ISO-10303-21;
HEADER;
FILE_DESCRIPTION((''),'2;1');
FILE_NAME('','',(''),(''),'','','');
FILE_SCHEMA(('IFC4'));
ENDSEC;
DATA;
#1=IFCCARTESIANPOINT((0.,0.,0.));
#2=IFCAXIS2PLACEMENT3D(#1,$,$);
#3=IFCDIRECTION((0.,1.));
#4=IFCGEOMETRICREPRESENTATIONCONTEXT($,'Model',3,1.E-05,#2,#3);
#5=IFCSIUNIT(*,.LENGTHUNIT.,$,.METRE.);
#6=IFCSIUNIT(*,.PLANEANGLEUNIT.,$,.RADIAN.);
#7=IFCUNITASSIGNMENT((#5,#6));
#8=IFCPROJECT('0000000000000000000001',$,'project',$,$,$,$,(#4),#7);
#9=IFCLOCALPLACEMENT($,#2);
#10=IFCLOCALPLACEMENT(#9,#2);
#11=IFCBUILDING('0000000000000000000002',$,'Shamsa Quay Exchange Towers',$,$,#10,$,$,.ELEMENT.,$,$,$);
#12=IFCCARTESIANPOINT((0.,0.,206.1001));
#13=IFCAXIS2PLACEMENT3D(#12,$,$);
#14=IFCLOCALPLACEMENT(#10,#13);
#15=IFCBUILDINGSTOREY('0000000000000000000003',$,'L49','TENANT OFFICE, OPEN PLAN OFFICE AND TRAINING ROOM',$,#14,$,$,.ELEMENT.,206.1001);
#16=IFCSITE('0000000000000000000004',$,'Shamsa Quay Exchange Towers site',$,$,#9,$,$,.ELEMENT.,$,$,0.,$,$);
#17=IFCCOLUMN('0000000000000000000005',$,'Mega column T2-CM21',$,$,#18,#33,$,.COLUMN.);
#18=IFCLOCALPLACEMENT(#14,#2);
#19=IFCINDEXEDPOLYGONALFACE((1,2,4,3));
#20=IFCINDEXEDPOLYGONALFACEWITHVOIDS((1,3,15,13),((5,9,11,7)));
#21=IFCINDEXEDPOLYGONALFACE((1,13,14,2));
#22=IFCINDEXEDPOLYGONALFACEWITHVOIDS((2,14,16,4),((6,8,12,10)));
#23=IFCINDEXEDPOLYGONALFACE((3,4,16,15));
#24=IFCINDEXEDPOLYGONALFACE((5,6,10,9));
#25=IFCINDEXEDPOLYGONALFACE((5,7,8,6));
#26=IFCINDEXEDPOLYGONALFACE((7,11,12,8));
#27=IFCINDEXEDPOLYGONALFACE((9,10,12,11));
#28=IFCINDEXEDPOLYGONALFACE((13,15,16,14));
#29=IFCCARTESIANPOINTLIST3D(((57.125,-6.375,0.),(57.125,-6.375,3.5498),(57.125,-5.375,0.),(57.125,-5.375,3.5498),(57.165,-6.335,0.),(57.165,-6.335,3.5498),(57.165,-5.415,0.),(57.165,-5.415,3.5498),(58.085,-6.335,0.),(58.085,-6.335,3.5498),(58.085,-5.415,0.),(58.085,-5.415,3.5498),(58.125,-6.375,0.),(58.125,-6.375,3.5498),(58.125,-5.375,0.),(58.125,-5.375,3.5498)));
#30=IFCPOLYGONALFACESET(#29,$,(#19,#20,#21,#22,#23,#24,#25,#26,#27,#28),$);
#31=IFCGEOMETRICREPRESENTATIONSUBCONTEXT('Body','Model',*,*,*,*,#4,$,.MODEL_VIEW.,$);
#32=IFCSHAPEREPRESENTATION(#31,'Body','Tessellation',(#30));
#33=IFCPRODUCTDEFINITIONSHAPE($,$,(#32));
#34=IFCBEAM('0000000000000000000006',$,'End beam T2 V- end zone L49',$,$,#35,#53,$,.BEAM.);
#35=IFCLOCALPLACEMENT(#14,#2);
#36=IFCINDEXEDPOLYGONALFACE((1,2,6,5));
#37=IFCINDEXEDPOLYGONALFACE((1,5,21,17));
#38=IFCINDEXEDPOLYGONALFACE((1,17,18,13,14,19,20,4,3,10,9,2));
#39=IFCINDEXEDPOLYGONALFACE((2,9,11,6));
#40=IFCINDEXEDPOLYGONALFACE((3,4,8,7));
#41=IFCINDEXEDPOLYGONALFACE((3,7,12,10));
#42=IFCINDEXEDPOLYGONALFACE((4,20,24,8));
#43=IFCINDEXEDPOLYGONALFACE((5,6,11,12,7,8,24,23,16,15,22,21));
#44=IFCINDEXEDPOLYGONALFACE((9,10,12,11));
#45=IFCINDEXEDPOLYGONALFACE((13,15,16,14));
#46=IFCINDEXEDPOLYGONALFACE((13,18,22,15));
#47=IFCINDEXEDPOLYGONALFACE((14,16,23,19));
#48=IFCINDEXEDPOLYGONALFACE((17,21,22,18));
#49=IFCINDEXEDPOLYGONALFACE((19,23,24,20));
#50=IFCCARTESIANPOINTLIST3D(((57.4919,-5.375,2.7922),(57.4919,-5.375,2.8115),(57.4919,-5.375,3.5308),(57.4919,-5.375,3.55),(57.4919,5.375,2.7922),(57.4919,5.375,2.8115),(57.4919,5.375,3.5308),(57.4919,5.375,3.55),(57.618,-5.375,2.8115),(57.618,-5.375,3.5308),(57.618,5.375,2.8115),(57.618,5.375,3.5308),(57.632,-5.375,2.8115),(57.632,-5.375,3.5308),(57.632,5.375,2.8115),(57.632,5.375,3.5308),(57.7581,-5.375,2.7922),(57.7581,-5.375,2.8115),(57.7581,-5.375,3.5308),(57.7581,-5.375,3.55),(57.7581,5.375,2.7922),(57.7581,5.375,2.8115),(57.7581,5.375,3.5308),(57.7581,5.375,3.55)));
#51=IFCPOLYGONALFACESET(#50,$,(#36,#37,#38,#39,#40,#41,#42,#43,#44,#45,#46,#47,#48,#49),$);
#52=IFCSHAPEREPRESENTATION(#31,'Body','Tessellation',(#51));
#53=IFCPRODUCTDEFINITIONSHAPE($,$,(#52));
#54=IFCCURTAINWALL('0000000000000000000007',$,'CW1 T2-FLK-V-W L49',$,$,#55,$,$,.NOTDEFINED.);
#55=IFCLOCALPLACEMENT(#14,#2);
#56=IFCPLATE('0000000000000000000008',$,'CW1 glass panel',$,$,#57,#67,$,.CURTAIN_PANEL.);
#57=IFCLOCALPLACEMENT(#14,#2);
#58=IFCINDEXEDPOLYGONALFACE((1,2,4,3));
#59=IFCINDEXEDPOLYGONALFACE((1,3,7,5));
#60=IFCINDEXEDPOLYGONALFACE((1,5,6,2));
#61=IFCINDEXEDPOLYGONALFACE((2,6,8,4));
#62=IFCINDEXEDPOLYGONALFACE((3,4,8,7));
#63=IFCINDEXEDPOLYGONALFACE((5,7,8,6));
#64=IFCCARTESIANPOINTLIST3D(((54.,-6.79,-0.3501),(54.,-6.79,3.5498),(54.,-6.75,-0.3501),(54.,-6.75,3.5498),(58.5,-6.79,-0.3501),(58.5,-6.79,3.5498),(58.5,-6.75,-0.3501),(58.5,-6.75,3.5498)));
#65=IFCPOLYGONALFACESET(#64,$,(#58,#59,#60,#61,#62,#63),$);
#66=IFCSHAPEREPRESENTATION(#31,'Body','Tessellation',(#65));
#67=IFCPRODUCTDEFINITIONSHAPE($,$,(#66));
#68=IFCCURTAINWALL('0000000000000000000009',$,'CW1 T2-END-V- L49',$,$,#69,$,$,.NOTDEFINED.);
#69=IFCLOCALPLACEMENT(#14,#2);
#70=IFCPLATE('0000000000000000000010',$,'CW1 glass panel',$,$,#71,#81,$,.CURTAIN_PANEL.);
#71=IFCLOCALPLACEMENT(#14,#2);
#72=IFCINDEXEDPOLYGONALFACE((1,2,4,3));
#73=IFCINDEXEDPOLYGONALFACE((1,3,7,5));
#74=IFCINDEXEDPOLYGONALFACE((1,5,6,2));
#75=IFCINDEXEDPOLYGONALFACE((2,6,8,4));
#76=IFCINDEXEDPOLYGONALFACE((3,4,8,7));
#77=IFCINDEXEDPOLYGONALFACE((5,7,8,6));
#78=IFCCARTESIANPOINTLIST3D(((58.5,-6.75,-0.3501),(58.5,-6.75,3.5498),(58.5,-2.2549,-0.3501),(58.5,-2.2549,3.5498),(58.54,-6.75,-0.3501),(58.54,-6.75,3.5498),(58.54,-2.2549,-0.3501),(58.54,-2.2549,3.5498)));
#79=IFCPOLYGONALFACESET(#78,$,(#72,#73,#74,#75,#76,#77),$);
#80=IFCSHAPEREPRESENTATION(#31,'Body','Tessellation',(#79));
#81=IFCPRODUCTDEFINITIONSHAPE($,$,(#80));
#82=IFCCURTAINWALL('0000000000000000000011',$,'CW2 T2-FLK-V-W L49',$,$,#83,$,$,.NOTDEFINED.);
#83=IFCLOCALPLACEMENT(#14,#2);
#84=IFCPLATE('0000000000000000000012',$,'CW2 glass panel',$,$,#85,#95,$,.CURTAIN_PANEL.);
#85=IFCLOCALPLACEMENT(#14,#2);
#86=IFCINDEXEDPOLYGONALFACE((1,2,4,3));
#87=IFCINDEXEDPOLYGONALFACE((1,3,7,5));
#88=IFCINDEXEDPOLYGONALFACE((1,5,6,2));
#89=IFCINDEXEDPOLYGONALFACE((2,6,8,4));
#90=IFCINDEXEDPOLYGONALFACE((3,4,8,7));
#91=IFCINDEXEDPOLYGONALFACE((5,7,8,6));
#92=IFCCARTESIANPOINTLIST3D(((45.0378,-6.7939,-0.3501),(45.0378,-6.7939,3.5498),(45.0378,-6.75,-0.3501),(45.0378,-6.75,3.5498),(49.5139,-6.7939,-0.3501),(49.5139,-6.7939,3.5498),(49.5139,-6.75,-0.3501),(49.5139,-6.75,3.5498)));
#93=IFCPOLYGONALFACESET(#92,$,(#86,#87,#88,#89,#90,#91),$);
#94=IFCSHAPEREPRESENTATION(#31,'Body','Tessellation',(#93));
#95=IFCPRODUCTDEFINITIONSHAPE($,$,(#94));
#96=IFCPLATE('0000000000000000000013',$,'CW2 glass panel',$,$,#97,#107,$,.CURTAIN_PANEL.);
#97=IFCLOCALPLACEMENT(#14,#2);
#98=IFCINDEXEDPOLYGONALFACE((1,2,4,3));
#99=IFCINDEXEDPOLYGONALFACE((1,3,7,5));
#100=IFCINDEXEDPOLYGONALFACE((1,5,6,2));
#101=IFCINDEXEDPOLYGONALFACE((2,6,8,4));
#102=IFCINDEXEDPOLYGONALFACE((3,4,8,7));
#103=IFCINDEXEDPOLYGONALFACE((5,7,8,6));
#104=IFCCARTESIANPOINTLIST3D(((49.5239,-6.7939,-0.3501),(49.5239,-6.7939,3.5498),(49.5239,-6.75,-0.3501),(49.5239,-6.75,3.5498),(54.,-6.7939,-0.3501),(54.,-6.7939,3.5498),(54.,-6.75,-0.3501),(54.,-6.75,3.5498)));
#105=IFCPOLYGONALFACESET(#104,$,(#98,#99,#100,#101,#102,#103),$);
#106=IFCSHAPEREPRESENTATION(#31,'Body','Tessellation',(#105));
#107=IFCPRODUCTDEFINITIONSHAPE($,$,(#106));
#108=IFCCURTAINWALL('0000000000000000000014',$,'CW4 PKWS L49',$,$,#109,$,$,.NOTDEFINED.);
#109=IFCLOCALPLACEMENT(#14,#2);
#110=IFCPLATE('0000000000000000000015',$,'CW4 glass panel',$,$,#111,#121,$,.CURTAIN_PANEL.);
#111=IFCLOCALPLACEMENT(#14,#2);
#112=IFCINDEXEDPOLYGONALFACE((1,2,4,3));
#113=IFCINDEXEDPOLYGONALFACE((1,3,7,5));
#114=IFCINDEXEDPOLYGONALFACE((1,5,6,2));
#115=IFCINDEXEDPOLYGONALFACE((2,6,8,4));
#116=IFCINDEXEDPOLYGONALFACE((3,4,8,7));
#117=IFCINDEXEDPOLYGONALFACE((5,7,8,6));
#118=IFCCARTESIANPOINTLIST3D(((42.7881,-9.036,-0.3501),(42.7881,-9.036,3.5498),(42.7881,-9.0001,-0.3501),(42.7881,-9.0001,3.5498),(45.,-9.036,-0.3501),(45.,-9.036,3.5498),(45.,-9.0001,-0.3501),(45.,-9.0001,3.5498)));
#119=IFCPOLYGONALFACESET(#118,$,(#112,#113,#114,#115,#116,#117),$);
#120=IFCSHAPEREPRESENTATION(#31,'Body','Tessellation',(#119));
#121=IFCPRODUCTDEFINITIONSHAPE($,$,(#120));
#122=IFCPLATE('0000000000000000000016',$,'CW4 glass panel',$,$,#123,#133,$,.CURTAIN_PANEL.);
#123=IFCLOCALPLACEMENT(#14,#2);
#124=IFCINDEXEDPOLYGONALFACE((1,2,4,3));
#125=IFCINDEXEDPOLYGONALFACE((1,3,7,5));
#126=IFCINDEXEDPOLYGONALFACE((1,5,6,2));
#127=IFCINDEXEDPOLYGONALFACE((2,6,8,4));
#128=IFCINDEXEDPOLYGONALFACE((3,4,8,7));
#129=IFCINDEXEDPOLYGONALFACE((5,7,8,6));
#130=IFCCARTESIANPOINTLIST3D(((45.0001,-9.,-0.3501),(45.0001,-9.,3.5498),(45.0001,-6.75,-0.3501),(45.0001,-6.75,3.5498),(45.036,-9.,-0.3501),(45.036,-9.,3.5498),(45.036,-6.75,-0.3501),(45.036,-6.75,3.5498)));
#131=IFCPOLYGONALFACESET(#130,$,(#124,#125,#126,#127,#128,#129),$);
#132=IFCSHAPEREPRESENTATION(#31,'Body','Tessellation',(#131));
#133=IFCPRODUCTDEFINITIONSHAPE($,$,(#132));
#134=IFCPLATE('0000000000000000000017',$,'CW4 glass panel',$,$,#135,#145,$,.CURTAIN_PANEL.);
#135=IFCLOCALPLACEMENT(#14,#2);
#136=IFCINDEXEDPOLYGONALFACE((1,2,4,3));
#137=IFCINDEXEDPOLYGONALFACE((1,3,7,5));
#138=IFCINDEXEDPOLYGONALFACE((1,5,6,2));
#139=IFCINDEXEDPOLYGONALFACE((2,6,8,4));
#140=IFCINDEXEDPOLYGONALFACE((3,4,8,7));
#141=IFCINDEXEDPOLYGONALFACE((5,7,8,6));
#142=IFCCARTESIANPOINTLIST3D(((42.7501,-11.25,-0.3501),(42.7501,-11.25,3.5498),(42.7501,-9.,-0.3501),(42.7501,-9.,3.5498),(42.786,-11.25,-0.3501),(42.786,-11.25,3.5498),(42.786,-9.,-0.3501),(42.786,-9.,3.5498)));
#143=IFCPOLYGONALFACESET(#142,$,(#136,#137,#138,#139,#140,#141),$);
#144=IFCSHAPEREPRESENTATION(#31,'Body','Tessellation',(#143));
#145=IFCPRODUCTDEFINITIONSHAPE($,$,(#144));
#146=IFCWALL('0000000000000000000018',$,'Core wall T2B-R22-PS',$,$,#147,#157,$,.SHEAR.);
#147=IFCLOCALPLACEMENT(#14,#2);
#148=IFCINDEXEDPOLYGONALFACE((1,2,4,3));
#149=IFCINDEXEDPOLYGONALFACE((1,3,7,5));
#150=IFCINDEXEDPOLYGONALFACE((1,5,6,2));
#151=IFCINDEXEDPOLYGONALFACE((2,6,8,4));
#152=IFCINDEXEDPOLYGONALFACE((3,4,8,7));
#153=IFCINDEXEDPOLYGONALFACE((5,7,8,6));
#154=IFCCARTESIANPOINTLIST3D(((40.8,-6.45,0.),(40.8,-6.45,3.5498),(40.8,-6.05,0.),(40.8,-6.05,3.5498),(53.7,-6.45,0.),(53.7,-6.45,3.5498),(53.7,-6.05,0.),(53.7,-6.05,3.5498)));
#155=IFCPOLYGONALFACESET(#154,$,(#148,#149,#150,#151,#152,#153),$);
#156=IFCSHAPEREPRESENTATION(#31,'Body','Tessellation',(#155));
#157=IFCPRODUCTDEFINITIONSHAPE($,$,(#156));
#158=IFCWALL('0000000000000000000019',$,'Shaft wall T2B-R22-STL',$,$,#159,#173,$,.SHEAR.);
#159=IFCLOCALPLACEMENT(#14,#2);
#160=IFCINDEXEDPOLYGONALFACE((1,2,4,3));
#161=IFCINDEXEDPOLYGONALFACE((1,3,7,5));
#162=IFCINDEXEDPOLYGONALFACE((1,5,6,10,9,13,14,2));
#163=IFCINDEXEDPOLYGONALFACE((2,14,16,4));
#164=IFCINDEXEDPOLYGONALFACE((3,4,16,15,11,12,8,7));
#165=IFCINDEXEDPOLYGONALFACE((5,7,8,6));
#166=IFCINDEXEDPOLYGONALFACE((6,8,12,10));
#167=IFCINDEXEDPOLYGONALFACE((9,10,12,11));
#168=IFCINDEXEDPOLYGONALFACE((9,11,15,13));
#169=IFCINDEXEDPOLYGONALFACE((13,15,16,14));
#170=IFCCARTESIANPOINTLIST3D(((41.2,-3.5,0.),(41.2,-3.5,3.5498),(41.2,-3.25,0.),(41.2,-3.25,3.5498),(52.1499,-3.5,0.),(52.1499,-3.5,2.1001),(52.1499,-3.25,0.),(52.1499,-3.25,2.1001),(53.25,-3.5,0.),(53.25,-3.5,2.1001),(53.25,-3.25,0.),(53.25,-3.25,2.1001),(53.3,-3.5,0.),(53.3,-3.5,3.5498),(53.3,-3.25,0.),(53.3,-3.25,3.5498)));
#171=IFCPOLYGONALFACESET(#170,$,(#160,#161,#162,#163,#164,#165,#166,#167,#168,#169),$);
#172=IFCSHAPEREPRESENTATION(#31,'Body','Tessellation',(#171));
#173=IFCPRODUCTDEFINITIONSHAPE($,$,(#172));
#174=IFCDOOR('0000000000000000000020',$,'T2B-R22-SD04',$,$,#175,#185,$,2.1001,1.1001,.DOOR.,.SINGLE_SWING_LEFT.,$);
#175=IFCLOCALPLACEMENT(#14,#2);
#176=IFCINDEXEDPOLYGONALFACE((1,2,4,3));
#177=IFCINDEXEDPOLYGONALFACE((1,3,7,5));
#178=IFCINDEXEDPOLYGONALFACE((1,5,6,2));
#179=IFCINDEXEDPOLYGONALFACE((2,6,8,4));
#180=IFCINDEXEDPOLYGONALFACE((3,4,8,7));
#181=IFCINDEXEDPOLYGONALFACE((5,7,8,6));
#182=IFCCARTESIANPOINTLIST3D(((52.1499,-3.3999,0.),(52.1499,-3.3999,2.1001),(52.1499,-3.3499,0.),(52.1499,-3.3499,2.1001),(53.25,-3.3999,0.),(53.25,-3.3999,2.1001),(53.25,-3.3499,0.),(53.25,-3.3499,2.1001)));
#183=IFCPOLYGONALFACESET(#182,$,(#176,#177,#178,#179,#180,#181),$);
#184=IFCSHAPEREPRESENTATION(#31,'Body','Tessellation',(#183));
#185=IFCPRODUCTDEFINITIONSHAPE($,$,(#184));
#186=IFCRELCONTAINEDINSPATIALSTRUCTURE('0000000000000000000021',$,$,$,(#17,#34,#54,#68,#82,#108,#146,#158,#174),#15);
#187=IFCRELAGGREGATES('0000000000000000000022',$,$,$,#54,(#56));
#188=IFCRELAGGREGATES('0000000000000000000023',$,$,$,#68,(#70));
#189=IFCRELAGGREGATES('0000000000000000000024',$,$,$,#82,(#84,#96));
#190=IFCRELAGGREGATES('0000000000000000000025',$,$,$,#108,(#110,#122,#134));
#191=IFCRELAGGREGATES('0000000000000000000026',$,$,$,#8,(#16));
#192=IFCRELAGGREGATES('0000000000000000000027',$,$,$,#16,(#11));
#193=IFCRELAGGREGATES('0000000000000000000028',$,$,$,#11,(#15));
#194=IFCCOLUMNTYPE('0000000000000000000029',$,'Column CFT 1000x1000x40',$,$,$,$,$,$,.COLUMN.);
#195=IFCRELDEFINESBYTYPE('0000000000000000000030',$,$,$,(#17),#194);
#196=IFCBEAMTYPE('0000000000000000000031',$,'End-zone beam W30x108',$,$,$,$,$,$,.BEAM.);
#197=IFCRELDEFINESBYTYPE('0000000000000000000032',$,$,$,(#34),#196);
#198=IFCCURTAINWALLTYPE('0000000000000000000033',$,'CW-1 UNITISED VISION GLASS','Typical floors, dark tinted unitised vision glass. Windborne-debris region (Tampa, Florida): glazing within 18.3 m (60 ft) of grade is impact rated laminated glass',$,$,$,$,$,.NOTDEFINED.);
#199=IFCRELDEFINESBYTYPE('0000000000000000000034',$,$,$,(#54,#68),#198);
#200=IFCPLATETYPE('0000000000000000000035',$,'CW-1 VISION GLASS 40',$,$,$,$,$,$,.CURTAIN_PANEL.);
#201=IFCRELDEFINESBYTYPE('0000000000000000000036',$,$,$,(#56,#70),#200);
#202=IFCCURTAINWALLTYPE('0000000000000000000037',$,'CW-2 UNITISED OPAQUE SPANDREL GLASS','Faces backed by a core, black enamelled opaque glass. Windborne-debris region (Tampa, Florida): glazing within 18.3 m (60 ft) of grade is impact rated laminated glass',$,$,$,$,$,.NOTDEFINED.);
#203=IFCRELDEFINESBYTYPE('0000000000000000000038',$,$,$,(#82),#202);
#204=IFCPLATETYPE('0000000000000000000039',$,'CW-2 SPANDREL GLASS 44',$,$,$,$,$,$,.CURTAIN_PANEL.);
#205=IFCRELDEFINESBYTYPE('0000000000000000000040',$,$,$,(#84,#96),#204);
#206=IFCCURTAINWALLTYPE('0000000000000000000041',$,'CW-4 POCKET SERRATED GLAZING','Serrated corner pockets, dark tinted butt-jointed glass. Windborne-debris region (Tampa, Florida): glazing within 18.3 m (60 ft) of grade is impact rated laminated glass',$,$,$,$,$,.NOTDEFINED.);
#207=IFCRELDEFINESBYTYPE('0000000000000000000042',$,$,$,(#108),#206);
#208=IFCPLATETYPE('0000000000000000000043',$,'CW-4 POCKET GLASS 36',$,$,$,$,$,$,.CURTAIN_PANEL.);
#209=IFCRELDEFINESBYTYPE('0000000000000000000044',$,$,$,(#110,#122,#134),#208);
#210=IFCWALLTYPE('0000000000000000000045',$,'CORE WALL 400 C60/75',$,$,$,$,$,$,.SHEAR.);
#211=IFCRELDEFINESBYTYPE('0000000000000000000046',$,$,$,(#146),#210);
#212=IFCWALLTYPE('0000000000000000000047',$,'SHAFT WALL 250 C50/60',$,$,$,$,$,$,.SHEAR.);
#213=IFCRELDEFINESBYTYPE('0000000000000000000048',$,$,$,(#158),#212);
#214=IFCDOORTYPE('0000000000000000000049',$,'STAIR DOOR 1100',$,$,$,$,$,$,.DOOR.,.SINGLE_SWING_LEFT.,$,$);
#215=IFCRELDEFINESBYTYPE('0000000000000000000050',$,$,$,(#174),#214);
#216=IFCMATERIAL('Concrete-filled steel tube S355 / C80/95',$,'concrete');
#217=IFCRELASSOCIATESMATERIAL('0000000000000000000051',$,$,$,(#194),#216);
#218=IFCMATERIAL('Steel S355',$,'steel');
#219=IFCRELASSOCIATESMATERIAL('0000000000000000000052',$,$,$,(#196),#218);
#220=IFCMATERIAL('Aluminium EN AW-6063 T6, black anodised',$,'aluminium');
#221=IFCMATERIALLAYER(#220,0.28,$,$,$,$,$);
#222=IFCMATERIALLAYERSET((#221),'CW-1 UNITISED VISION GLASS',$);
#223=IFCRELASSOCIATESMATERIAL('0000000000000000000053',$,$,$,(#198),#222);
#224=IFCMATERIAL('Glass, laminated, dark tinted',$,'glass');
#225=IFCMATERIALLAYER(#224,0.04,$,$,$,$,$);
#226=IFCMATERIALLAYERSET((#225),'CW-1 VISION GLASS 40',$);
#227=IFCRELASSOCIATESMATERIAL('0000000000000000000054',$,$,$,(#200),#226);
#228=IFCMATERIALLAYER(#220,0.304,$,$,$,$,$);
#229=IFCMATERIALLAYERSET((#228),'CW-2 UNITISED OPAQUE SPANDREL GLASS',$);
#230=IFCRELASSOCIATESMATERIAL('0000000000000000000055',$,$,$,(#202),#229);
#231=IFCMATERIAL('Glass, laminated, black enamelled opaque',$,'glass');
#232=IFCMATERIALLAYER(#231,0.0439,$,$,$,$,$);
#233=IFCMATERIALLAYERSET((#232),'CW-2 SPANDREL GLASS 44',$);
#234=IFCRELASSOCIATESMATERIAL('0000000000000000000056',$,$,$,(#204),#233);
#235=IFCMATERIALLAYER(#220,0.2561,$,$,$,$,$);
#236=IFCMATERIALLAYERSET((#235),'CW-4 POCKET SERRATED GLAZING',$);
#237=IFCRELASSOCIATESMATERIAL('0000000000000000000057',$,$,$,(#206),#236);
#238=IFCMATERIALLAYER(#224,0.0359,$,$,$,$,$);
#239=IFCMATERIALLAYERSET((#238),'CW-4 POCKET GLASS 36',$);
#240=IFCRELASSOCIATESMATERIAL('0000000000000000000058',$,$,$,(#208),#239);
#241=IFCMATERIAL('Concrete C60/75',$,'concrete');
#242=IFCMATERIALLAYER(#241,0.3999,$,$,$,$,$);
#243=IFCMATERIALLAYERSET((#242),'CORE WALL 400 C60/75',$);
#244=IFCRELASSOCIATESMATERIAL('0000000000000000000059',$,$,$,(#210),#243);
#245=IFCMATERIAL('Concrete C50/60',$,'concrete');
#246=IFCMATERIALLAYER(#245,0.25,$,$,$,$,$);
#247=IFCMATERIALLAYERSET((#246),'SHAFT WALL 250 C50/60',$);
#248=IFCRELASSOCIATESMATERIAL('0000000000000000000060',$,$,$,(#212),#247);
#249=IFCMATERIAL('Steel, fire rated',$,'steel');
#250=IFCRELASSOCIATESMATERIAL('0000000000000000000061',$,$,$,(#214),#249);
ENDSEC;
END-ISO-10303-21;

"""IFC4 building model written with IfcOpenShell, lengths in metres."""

from ifc_helpers import new_model, si_unit, direction, frame, frame_2d, origin, origin_2d, place, context, subcontext, project, spatial, rectangle, hollow_rectangle, i_section, extrude, material, layer, layer_set, material_profile, profile_set, type_object, element, fill, aggregate, save


model = new_model("IFC4")

# Units and contexts
model_context = context("Model", 3, precision=1e-05, world=origin(), true_north=direction((0.0, 1.0)))
body_context = subcontext(model_context, "Body", "Model", "MODEL_VIEW")
ifc_project = project(units=[si_unit("LENGTHUNIT", "METRE"), si_unit("PLANEANGLEUNIT", "RADIAN")], contexts=[model_context])

# Site, building, storey
site_placement = place(None, origin())
site = spatial("IfcSite", under=ifc_project, at=site_placement, Name="Shamsa Quay Exchange Towers site", CompositionType="ELEMENT", RefElevation=0.0)
building_placement = place(site_placement, origin())
building = spatial("IfcBuilding", under=site, at=building_placement, Name="Shamsa Quay Exchange Towers", CompositionType="ELEMENT")
storey_placement = place(building_placement, frame((0.0, 0.0, 206.1001)))
storey = spatial("IfcBuildingStorey", under=building, at=storey_placement, Name="L49", Description="TENANT OFFICE, OPEN PLAN OFFICE AND TRAINING ROOM", CompositionType="ELEMENT", Elevation=206.1001)

# Column
ifc_material_1 = material(Name="Concrete-filled steel tube S355 / C80/95", Category="concrete")
ifc_material_profile_1 = material_profile(ifc_material_1, hollow_rectangle(XDim=1.0, YDim=1.0, WallThickness=0.04, at=origin_2d()), Name="CFT 1000x1000x40")
ifc_profile_set_1 = profile_set([ifc_material_profile_1], Name="Concrete-filled steel tube S355 / C80/95")
column_type = type_object("IfcColumnType", Name="Column CFT 1000x1000x40", PredefinedType="COLUMN", material=ifc_profile_set_1)
column_placement = place(storey_placement, frame((57.625, -5.875, 0.0)))
element("IfcColumn", 1, at=column_placement, inside=storey, type_object=column_type, Name="Mega column T2-CM21", PredefinedType="COLUMN", context=body_context, shape_type="SweptSolid", body=[
    extrude(hollow_rectangle(XDim=1.0, YDim=1.0, WallThickness=0.04, at=origin_2d()), origin(), (0.0, 0.0, 1.0), 3.5498),
])

# Beam
ifc_material_2 = material(Name="Steel S355", Category="steel")
ifc_material_profile_2 = material_profile(ifc_material_2, i_section(OverallWidth=0.2661, OverallDepth=0.7578, WebThickness=0.0139, FlangeThickness=0.0193, at=origin_2d()), Name="W30x108")
ifc_profile_set_2 = profile_set([ifc_material_profile_2], Name="Steel S355")
beam_type = type_object("IfcBeamType", Name="End-zone beam W30x108", PredefinedType="BEAM", material=ifc_profile_set_2)
beam_placement = place(storey_placement, frame((57.625, -5.375, 3.1711), z_axis=(0.0, 1.0, 0.0), x_axis=(-1.0, 0.0, 0.0)))
element("IfcBeam", 2, at=beam_placement, inside=storey, type_object=beam_type, Name="End beam T2 V- end zone L49", PredefinedType="BEAM", context=body_context, shape_type="SweptSolid", body=[
    extrude(i_section(OverallWidth=0.2661, OverallDepth=0.7578, WebThickness=0.0139, FlangeThickness=0.0193, at=origin_2d()), origin(), (0.0, 0.0, 1.0), 10.75),
])

# Curtain walls, plates
ifc_material_3 = material(Name="Aluminium EN AW-6063 T6, black anodised", Category="aluminium")
ifc_layer_1 = layer(ifc_material_3, 0.28)
ifc_layer_set_1 = layer_set([ifc_layer_1], Name="CW-1 UNITISED VISION GLASS")
curtain_wall_type_1 = type_object("IfcCurtainWallType", Name="CW-1 UNITISED VISION GLASS", Description="Typical floors, dark tinted unitised vision glass. Windborne-debris region (Tampa, Florida): glazing within 18.3 m (60 ft) of grade is impact rated laminated glass", PredefinedType="NOTDEFINED", material=ifc_layer_set_1)
curtain_wall_1_placement = place(storey_placement, origin())
curtain_wall_1 = element("IfcCurtainWall", 3, at=curtain_wall_1_placement, inside=storey, type_object=curtain_wall_type_1, Name="CW1 T2-FLK-V-W L49", PredefinedType="NOTDEFINED")
ifc_material_4 = material(Name="Glass, laminated, dark tinted", Category="glass")
ifc_layer_2 = layer(ifc_material_4, 0.04)
ifc_layer_set_2 = layer_set([ifc_layer_2], Name="CW-1 VISION GLASS 40")
plate_type_1 = type_object("IfcPlateType", Name="CW-1 VISION GLASS 40", PredefinedType="CURTAIN_PANEL", material=ifc_layer_set_2)
plate_1_placement = place(storey_placement, frame((56.25, -6.77, -0.3501)))
plate_1 = element("IfcPlate", 4, at=plate_1_placement, type_object=plate_type_1, Name="CW1 glass panel", PredefinedType="CURTAIN_PANEL", context=body_context, shape_type="SweptSolid", body=[
    extrude(rectangle(XDim=4.5, YDim=0.04, at=origin_2d()), origin(), (0.0, 0.0, 1.0), 3.8999),
])
aggregate(curtain_wall_1, [plate_1])
curtain_wall_2_placement = place(storey_placement, origin())
curtain_wall_2 = element("IfcCurtainWall", 5, at=curtain_wall_2_placement, inside=storey, type_object=curtain_wall_type_1, Name="CW1 T2-END-V- L49", PredefinedType="NOTDEFINED")
plate_2_placement = place(storey_placement, frame((58.52, -4.5024, -0.3501), z_axis=(0.0, 0.0, 1.0), x_axis=(0.0, 1.0, 0.0)))
plate_2 = element("IfcPlate", 6, at=plate_2_placement, type_object=plate_type_1, Name="CW1 glass panel", PredefinedType="CURTAIN_PANEL", context=body_context, shape_type="SweptSolid", body=[
    extrude(rectangle(XDim=4.4951, YDim=0.04, at=origin_2d()), origin(), (0.0, 0.0, 1.0), 3.8999),
])
aggregate(curtain_wall_2, [plate_2])

# Curtain walls, plates
ifc_layer_3 = layer(ifc_material_3, 0.304)
ifc_layer_set_3 = layer_set([ifc_layer_3], Name="CW-2 UNITISED OPAQUE SPANDREL GLASS")
curtain_wall_type_2 = type_object("IfcCurtainWallType", Name="CW-2 UNITISED OPAQUE SPANDREL GLASS", Description="Faces backed by a core, black enamelled opaque glass. Windborne-debris region (Tampa, Florida): glazing within 18.3 m (60 ft) of grade is impact rated laminated glass", PredefinedType="NOTDEFINED", material=ifc_layer_set_3)
curtain_wall_3_placement = place(storey_placement, origin())
curtain_wall_3 = element("IfcCurtainWall", 7, at=curtain_wall_3_placement, inside=storey, type_object=curtain_wall_type_2, Name="CW2 T2-FLK-V-W L49", PredefinedType="NOTDEFINED")
ifc_material_5 = material(Name="Glass, laminated, black enamelled opaque", Category="glass")
ifc_layer_4 = layer(ifc_material_5, 0.0439)
ifc_layer_set_4 = layer_set([ifc_layer_4], Name="CW-2 SPANDREL GLASS 44")
plate_type_2 = type_object("IfcPlateType", Name="CW-2 SPANDREL GLASS 44", PredefinedType="CURTAIN_PANEL", material=ifc_layer_set_4)
plate_3_placement = place(storey_placement, frame((47.2759, -6.772, -0.3501)))
plate_3 = element("IfcPlate", 8, at=plate_3_placement, type_object=plate_type_2, Name="CW2 glass panel", PredefinedType="CURTAIN_PANEL", context=body_context, shape_type="SweptSolid", body=[
    extrude(rectangle(XDim=4.4761, YDim=0.0439, at=origin_2d()), origin(), (0.0, 0.0, 1.0), 3.8999),
])
plate_4_placement = place(storey_placement, frame((51.762, -6.772, -0.3501)))
plate_4 = element("IfcPlate", 9, at=plate_4_placement, type_object=plate_type_2, Name="CW2 glass panel", PredefinedType="CURTAIN_PANEL", context=body_context, shape_type="SweptSolid", body=[
    extrude(rectangle(XDim=4.4761, YDim=0.0439, at=origin_2d()), origin(), (0.0, 0.0, 1.0), 3.8999),
])
aggregate(curtain_wall_3, [plate_3, plate_4])
ifc_layer_5 = layer(ifc_material_3, 0.2561)
ifc_layer_set_5 = layer_set([ifc_layer_5], Name="CW-4 POCKET SERRATED GLAZING")
curtain_wall_type_3 = type_object("IfcCurtainWallType", Name="CW-4 POCKET SERRATED GLAZING", Description="Serrated corner pockets, dark tinted butt-jointed glass. Windborne-debris region (Tampa, Florida): glazing within 18.3 m (60 ft) of grade is impact rated laminated glass", PredefinedType="NOTDEFINED", material=ifc_layer_set_5)
curtain_wall_4_placement = place(storey_placement, origin())
curtain_wall_4 = element("IfcCurtainWall", 10, at=curtain_wall_4_placement, inside=storey, type_object=curtain_wall_type_3, Name="CW4 PKWS L49", PredefinedType="NOTDEFINED")
ifc_layer_6 = layer(ifc_material_4, 0.0359)
ifc_layer_set_6 = layer_set([ifc_layer_6], Name="CW-4 POCKET GLASS 36")
plate_type_3 = type_object("IfcPlateType", Name="CW-4 POCKET GLASS 36", PredefinedType="CURTAIN_PANEL", material=ifc_layer_set_6)
plate_5_placement = place(storey_placement, frame((43.894, -9.0181, -0.3501)))
plate_5 = element("IfcPlate", 11, at=plate_5_placement, type_object=plate_type_3, Name="CW4 glass panel", PredefinedType="CURTAIN_PANEL", context=body_context, shape_type="SweptSolid", body=[
    extrude(rectangle(XDim=2.2119, YDim=0.0359, at=origin_2d()), origin(), (0.0, 0.0, 1.0), 3.8999),
])
plate_6_placement = place(storey_placement, frame((45.0181, -7.875, -0.3501), z_axis=(0.0, 0.0, 1.0), x_axis=(0.0, 1.0, 0.0)))
plate_6 = element("IfcPlate", 12, at=plate_6_placement, type_object=plate_type_3, Name="CW4 glass panel", PredefinedType="CURTAIN_PANEL", context=body_context, shape_type="SweptSolid", body=[
    extrude(rectangle(XDim=2.25, YDim=0.0359, at=origin_2d()), origin(), (0.0, 0.0, 1.0), 3.8999),
])
plate_7_placement = place(storey_placement, frame((42.7681, -10.125, -0.3501), z_axis=(0.0, 0.0, 1.0), x_axis=(0.0, 1.0, 0.0)))
plate_7 = element("IfcPlate", 13, at=plate_7_placement, type_object=plate_type_3, Name="CW4 glass panel", PredefinedType="CURTAIN_PANEL", context=body_context, shape_type="SweptSolid", body=[
    extrude(rectangle(XDim=2.25, YDim=0.0359, at=origin_2d()), origin(), (0.0, 0.0, 1.0), 3.8999),
])
aggregate(curtain_wall_4, [plate_5, plate_6, plate_7])

# Wall
ifc_material_6 = material(Name="Concrete C60/75", Category="concrete")
ifc_layer_7 = layer(ifc_material_6, 0.3999)
ifc_layer_set_7 = layer_set([ifc_layer_7], Name="CORE WALL 400 C60/75")
wall_type_1 = type_object("IfcWallType", Name="CORE WALL 400 C60/75", PredefinedType="SHEAR", material=ifc_layer_set_7)
wall_1_placement = place(storey_placement, frame((53.7, -6.25, 0.0), z_axis=(0.0, 0.0, 1.0), x_axis=(-1.0, 0.0, 0.0)))
element("IfcWall", 14, at=wall_1_placement, inside=storey, type_object=wall_type_1, Name="Core wall T2B-R22-PS", PredefinedType="SHEAR", context=body_context, shape_type="SweptSolid", body=[
    extrude(rectangle(XDim=12.8999, YDim=0.3999, at=frame_2d((6.45, 0.0))), origin(), (0.0, 0.0, 1.0), 3.5498),
])

# Wall, opening, door
ifc_material_7 = material(Name="Steel, fire rated", Category="steel")
ifc_material_8 = material(Name="Concrete C50/60", Category="concrete")
ifc_layer_8 = layer(ifc_material_8, 0.25)
ifc_layer_set_8 = layer_set([ifc_layer_8], Name="SHAFT WALL 250 C50/60")
wall_type_2 = type_object("IfcWallType", Name="SHAFT WALL 250 C50/60", PredefinedType="SHEAR", material=ifc_layer_set_8)
wall_2_placement = place(storey_placement, frame((53.3, -3.375, 0.0), z_axis=(0.0, 0.0, 1.0), x_axis=(-1.0, 0.0, 0.0)))
wall_2 = element("IfcWall", 15, at=wall_2_placement, inside=storey, type_object=wall_type_2, Name="Shaft wall T2B-R22-STL", PredefinedType="SHEAR", context=body_context, shape_type="SweptSolid", body=[
    extrude(rectangle(XDim=12.1001, YDim=0.25, at=frame_2d((6.05, 0.0))), origin(), (0.0, 0.0, 1.0), 3.5498),
])
opening_1_placement = place(wall_2_placement, frame((0.05, 0.0, 0.0)))
opening_1 = element("IfcOpeningElement", 16, at=opening_1_placement, cuts=wall_2, PredefinedType="OPENING", context=body_context, shape_type="SweptSolid", body=[
    extrude(rectangle(XDim=1.1001, YDim=2.1001, at=frame_2d((0.55, 1.05))), frame((0.0, 0.135, 0.0), z_axis=(0.0, -1.0, 0.0), x_axis=(1.0, 0.0, 0.0)), (0.0, 0.0, 1.0), 0.27),
])
door_type_1 = type_object("IfcDoorType", Name="STAIR DOOR 1100", OperationType="SINGLE_SWING_LEFT", PredefinedType="DOOR", material=ifc_material_7)
door_1_placement = place(opening_1_placement, origin())
door_1 = element("IfcDoor", 17, at=door_1_placement, inside=storey, type_object=door_type_1, Name="T2B-R22-SD04", OperationType="SINGLE_SWING_LEFT", OverallHeight=2.1001, OverallWidth=1.1001, PredefinedType="DOOR", context=body_context, shape_type="SweptSolid", body=[
    extrude(rectangle(XDim=1.1001, YDim=2.1001, at=frame_2d((0.55, 1.05))), frame((0.0, 0.0249, 0.0), z_axis=(0.0, -1.0, 0.0), x_axis=(1.0, 0.0, 0.0)), (0.0, 0.0, 1.0), 0.05),
])
fill(opening_1, door_1)

save(model, "model.ifc")
